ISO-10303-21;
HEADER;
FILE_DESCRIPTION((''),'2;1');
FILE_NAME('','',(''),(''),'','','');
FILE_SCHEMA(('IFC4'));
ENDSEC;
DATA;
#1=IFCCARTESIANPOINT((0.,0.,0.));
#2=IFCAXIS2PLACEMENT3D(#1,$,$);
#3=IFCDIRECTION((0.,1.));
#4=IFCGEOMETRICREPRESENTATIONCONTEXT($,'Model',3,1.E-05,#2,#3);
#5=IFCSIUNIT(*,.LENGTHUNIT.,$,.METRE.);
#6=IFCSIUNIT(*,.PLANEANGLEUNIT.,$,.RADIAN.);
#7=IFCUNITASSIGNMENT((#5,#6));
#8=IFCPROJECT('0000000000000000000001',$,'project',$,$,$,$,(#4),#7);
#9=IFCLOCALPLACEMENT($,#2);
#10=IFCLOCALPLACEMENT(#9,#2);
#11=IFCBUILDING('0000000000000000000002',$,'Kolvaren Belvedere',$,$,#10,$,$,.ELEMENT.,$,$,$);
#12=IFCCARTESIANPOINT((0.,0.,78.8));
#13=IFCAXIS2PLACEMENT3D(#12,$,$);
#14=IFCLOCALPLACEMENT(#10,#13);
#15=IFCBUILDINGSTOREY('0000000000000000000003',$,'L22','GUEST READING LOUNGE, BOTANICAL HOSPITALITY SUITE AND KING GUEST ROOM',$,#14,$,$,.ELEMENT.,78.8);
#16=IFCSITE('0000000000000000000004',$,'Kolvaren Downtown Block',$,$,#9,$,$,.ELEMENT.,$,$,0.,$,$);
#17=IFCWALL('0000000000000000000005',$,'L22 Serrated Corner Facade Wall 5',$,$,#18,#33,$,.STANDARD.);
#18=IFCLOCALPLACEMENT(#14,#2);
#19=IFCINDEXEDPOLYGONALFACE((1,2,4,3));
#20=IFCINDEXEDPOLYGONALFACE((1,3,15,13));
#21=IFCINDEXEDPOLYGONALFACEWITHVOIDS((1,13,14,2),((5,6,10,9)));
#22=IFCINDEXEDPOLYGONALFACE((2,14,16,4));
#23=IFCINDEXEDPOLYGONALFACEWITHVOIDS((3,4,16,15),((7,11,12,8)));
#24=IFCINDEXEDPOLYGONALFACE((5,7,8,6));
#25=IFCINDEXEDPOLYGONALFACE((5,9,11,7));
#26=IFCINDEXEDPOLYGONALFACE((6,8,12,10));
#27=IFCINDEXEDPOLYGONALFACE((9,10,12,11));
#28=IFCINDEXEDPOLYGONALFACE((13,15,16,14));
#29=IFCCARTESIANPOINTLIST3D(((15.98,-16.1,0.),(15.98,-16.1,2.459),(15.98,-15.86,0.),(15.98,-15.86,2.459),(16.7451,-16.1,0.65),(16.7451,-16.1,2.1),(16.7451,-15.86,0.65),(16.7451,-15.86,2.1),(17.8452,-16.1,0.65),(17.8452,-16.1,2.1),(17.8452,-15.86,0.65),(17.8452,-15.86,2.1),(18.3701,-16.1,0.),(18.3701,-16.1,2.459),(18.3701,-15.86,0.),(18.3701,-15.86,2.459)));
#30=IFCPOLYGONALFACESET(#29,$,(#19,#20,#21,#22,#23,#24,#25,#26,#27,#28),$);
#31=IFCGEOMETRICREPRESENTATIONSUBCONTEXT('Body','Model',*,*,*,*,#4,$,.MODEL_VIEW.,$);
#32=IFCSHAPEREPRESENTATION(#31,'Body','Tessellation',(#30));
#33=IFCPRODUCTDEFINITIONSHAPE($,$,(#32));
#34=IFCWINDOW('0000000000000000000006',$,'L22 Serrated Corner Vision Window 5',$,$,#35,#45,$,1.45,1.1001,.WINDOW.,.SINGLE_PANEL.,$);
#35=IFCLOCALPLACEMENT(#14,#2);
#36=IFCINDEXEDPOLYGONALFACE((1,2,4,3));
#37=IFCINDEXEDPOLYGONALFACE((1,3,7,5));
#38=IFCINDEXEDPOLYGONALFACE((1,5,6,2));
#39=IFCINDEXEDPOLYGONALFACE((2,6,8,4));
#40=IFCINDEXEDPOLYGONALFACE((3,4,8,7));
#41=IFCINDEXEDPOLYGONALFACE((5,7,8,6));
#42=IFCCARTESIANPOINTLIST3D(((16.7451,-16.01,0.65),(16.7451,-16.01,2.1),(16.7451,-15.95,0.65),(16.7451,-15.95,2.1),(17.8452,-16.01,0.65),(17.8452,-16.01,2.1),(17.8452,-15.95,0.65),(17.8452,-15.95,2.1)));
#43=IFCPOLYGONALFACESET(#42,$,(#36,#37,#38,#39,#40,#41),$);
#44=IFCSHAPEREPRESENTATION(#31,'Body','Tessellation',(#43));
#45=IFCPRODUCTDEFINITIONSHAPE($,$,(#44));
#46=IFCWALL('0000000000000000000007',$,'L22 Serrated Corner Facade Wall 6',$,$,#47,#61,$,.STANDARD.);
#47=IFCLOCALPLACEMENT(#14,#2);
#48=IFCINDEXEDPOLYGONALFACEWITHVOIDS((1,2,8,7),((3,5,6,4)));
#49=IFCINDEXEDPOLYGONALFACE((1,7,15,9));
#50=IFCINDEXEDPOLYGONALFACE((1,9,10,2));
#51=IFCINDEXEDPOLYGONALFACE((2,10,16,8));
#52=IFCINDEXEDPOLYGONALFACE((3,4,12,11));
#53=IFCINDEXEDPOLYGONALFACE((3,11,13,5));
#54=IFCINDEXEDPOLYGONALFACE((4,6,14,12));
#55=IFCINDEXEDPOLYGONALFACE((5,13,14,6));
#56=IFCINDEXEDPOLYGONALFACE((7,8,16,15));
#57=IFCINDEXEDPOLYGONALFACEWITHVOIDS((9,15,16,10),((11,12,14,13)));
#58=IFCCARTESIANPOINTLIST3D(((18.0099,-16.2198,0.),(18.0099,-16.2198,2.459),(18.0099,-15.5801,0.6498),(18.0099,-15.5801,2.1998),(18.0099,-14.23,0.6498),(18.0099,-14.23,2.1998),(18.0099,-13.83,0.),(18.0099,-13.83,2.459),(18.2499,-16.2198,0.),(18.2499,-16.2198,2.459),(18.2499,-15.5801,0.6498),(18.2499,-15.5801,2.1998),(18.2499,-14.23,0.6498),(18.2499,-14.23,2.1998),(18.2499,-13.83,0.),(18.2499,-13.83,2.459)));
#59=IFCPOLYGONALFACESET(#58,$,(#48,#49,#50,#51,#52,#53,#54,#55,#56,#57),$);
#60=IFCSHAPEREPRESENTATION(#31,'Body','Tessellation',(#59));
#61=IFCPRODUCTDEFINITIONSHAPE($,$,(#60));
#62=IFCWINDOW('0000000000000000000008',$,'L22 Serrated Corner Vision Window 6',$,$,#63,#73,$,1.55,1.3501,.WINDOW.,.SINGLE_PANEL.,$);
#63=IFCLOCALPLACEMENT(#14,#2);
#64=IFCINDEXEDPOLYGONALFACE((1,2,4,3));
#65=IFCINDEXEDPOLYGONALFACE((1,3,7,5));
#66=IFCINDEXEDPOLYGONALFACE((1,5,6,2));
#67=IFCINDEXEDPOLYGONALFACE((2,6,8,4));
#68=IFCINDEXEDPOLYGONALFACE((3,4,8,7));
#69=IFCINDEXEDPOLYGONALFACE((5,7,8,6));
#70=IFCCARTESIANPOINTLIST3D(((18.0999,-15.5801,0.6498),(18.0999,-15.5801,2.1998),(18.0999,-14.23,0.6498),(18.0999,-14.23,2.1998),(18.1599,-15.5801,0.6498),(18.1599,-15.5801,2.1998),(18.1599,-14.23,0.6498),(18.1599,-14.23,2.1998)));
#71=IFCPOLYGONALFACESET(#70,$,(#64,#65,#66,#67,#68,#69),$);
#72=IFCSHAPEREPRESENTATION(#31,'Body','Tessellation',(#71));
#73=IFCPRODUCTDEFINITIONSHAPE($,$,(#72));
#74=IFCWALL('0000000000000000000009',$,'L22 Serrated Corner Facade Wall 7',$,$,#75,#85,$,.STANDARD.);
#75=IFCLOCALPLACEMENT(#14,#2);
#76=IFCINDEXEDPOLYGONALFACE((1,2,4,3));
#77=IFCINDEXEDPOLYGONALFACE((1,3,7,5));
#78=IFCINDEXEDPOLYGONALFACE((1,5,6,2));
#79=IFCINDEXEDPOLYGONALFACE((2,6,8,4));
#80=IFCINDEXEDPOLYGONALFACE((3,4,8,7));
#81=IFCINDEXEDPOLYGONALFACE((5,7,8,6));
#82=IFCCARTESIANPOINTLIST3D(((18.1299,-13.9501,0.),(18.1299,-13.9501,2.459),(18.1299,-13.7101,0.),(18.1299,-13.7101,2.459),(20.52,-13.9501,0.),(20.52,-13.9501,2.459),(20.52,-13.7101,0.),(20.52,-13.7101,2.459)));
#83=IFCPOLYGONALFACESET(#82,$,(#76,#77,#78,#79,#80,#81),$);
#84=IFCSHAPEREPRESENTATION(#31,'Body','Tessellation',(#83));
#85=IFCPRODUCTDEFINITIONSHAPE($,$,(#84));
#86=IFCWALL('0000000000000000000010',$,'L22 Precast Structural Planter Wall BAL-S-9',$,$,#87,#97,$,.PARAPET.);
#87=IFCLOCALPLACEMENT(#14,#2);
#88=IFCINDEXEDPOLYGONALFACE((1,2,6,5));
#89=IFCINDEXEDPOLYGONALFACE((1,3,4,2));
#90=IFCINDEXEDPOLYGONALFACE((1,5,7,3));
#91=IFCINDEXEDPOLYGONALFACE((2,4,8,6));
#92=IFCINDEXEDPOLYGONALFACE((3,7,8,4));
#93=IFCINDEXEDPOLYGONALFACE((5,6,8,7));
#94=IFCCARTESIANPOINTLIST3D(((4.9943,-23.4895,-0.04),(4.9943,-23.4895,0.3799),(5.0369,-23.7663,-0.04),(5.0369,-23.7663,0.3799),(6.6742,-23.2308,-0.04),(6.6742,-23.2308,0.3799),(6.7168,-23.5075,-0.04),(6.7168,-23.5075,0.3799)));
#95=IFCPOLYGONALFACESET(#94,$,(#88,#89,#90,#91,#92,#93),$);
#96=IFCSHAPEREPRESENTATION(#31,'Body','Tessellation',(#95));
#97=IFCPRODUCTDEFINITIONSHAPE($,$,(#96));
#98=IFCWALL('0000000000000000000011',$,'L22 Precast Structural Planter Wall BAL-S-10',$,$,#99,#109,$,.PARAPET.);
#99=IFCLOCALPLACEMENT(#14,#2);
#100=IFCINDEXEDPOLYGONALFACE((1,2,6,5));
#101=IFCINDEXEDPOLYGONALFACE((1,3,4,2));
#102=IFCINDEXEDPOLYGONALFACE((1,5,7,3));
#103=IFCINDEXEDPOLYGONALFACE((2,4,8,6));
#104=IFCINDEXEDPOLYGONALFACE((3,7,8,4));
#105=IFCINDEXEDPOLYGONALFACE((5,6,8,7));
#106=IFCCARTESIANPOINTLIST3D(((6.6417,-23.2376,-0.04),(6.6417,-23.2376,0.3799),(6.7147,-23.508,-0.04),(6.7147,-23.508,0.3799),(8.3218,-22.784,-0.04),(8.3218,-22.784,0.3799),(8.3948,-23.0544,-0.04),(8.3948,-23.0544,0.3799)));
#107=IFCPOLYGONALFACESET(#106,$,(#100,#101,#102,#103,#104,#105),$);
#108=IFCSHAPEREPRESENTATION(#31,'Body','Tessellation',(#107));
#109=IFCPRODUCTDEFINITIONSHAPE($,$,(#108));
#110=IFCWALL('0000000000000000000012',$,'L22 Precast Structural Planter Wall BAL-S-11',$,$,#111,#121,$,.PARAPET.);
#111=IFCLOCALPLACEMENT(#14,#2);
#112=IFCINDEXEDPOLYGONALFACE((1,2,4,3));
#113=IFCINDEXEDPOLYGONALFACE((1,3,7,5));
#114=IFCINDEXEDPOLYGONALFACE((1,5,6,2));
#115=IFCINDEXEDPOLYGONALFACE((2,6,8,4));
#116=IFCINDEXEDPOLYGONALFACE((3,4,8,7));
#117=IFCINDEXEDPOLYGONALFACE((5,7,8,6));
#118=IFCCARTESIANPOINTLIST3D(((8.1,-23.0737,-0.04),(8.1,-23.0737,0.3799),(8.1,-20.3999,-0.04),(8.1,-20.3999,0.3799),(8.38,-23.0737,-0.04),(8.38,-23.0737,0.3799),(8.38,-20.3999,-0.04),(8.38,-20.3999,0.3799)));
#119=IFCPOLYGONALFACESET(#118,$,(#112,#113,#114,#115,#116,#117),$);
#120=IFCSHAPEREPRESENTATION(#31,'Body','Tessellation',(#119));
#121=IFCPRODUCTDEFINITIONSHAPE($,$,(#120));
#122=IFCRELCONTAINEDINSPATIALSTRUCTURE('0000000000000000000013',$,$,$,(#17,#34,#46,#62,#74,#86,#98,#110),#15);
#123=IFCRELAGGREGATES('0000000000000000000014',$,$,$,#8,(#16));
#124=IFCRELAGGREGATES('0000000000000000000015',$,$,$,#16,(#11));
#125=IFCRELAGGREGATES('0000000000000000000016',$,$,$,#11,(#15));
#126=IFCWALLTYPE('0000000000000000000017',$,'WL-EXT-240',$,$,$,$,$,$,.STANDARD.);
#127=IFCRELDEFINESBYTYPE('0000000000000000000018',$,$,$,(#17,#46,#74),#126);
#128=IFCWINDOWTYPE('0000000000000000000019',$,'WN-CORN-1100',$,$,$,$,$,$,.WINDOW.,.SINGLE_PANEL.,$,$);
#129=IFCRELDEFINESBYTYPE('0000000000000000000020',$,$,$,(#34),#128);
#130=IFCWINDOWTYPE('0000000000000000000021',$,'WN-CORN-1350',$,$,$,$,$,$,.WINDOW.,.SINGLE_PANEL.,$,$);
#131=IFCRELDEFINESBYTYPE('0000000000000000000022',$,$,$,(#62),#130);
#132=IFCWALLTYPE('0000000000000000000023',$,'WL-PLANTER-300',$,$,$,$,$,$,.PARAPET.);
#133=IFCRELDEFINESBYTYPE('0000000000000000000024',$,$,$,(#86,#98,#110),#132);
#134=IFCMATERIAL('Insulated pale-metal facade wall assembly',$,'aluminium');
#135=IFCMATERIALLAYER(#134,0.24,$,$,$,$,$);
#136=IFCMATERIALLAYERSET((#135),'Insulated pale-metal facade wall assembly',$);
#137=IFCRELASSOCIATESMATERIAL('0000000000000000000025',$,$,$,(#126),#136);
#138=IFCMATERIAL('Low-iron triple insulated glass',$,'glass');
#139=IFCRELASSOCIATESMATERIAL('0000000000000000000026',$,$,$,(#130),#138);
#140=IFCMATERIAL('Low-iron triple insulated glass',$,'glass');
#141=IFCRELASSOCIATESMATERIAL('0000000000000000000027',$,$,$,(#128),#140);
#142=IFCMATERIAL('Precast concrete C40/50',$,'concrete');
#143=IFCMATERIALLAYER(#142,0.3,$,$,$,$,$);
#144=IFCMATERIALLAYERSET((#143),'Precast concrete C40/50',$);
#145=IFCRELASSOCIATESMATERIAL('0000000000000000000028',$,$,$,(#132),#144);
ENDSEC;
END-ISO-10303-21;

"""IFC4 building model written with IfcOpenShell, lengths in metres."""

from ifc_helpers import new_model, si_unit, direction, frame, frame_2d, origin, place, context, subcontext, project, spatial, rectangle, extrude, material, layer, layer_set, type_object, element, fill, save


model = new_model("IFC4")

# Units and contexts
model_context = context("Model", 3, precision=1e-05, world=origin(), true_north=direction((0.0, 1.0)))
body_context = subcontext(model_context, "Body", "Model", "MODEL_VIEW")
ifc_project = project(units=[si_unit("LENGTHUNIT", "METRE"), si_unit("PLANEANGLEUNIT", "RADIAN")], contexts=[model_context])

# Site, building, storey
site_placement = place(None, origin())
site = spatial("IfcSite", under=ifc_project, at=site_placement, Name="Kolvaren Downtown Block", CompositionType="ELEMENT", RefElevation=0.0)
building_placement = place(site_placement, origin())
building = spatial("IfcBuilding", under=site, at=building_placement, Name="Kolvaren Belvedere", CompositionType="ELEMENT")
storey_placement = place(building_placement, frame((0.0, 0.0, 78.8)))
storey = spatial("IfcBuildingStorey", under=building, at=storey_placement, Name="L22", Description="GUEST READING LOUNGE, BOTANICAL HOSPITALITY SUITE AND KING GUEST ROOM", CompositionType="ELEMENT", Elevation=78.8)

# Shared definitions
ifc_material_1 = material(Name="Insulated pale-metal facade wall assembly", Category="aluminium")
ifc_layer_1 = layer(ifc_material_1, 0.24)
ifc_layer_set_1 = layer_set([ifc_layer_1], Name="Insulated pale-metal facade wall assembly")
wall_type_1 = type_object("IfcWallType", Name="WL-EXT-240", PredefinedType="STANDARD", material=ifc_layer_set_1)

# Walls, openings, windows
ifc_material_2 = material(Name="Low-iron triple insulated glass", Category="glass")
window_type_1 = type_object("IfcWindowType", Name="WN-CORN-1350", PartitioningType="SINGLE_PANEL", PredefinedType="WINDOW", material=ifc_material_2)
ifc_material_3 = material(Name="Low-iron triple insulated glass", Category="glass")
window_type_2 = type_object("IfcWindowType", Name="WN-CORN-1100", PartitioningType="SINGLE_PANEL", PredefinedType="WINDOW", material=ifc_material_3)
wall_1_placement = place(storey_placement, frame((18.3701, -15.98, 0.0), z_axis=(0.0, 0.0, 1.0), x_axis=(-1.0, 0.0, 0.0)))
wall_1 = element("IfcWall", 1, at=wall_1_placement, inside=storey, type_object=wall_type_1, Name="L22 Serrated Corner Facade Wall 5", PredefinedType="STANDARD", context=body_context, shape_type="SweptSolid", body=[
    extrude(rectangle(XDim=2.3901, YDim=0.24, at=frame_2d((1.1951, 0.0))), origin(), (0.0, 0.0, 1.0), 2.459),
])
opening_1_placement = place(wall_1_placement, frame((0.5249, 0.0, 0.6499)))
opening_1 = element("IfcOpeningElement", 2, at=opening_1_placement, cuts=wall_1, PredefinedType="OPENING", context=body_context, shape_type="SweptSolid", body=[
    extrude(rectangle(XDim=1.1001, YDim=1.45, at=frame_2d((0.55, 0.7251))), frame((0.0, 0.1299, 0.0), z_axis=(0.0, -1.0, 0.0), x_axis=(1.0, 0.0, 0.0)), (0.0, 0.0, 1.0), 0.26),
])
window_1_placement = place(opening_1_placement, origin())
window_1 = element("IfcWindow", 3, at=window_1_placement, inside=storey, type_object=window_type_2, Name="L22 Serrated Corner Vision Window 5", OverallHeight=1.45, OverallWidth=1.1001, PartitioningType="SINGLE_PANEL", PredefinedType="WINDOW", context=body_context, shape_type="SweptSolid", body=[
    extrude(rectangle(XDim=1.1001, YDim=1.45, at=frame_2d((0.55, 0.7251))), frame((0.0, 0.03, 0.0), z_axis=(0.0, -1.0, 0.0), x_axis=(1.0, 0.0, 0.0)), (0.0, 0.0, 1.0), 0.0601),
])
fill(opening_1, window_1)
wall_2_placement = place(storey_placement, frame((18.1299, -13.8301, 0.0), z_axis=(0.0, 0.0, 1.0), x_axis=(0.0, -1.0, 0.0)))
wall_2 = element("IfcWall", 4, at=wall_2_placement, inside=storey, type_object=wall_type_1, Name="L22 Serrated Corner Facade Wall 6", PredefinedType="STANDARD", context=body_context, shape_type="SweptSolid", body=[
    extrude(rectangle(XDim=2.3899, YDim=0.24, at=frame_2d((1.1948, 0.0))), origin(), (0.0, 0.0, 1.0), 2.459),
])
opening_2_placement = place(wall_2_placement, frame((0.3999, 0.0, 0.6499)))
opening_2 = element("IfcOpeningElement", 5, at=opening_2_placement, cuts=wall_2, PredefinedType="OPENING", context=body_context, shape_type="SweptSolid", body=[
    extrude(rectangle(XDim=1.3501, YDim=1.55, at=frame_2d((0.675, 0.7749))), frame((0.0, 0.1299, 0.0), z_axis=(0.0, -1.0, 0.0), x_axis=(1.0, 0.0, 0.0)), (0.0, 0.0, 1.0), 0.26),
])
window_2_placement = place(opening_2_placement, origin())
window_2 = element("IfcWindow", 6, at=window_2_placement, inside=storey, type_object=window_type_1, Name="L22 Serrated Corner Vision Window 6", OverallHeight=1.55, OverallWidth=1.3501, PartitioningType="SINGLE_PANEL", PredefinedType="WINDOW", context=body_context, shape_type="SweptSolid", body=[
    extrude(rectangle(XDim=1.3501, YDim=1.55, at=frame_2d((0.675, 0.7749))), frame((0.0, 0.03, 0.0), z_axis=(0.0, -1.0, 0.0), x_axis=(1.0, 0.0, 0.0)), (0.0, 0.0, 1.0), 0.0601),
])
fill(opening_2, window_2)

# Walls
wall_3_placement = place(storey_placement, frame((20.52, -13.8301, 0.0), z_axis=(0.0, 0.0, 1.0), x_axis=(-1.0, 0.0, 0.0)))
element("IfcWall", 7, at=wall_3_placement, inside=storey, type_object=wall_type_1, Name="L22 Serrated Corner Facade Wall 7", PredefinedType="STANDARD", context=body_context, shape_type="SweptSolid", body=[
    extrude(rectangle(XDim=2.3901, YDim=0.24, at=frame_2d((1.1951, 0.0))), origin(), (0.0, 0.0, 1.0), 2.459),
])
ifc_material_4 = material(Name="Precast concrete C40/50", Category="concrete")
ifc_layer_2 = layer(ifc_material_4, 0.3)
ifc_layer_set_2 = layer_set([ifc_layer_2], Name="Precast concrete C40/50")
wall_type_2 = type_object("IfcWallType", Name="WL-PLANTER-300", PredefinedType="PARAPET", material=ifc_layer_set_2)
wall_4_placement = place(storey_placement, frame((5.0156, -23.6279, -0.04), z_axis=(0.0, 0.0, 1.0), x_axis=(0.988342, 0.152251, 0.0)))
element("IfcWall", 8, at=wall_4_placement, inside=storey, type_object=wall_type_2, Name="L22 Precast Structural Planter Wall BAL-S-9", PredefinedType="PARAPET", context=body_context, shape_type="SweptSolid", body=[
    extrude(rectangle(XDim=1.6997, YDim=0.28, at=frame_2d((0.8499, 0.0))), origin(), (0.0, 0.0, 1.0), 0.4199),
])
wall_5_placement = place(storey_placement, frame((6.6782, -23.3728, -0.04), z_axis=(0.0, 0.0, 1.0), x_axis=(0.965434, 0.260648, 0.0)))
element("IfcWall", 9, at=wall_5_placement, inside=storey, type_object=wall_type_2, Name="L22 Precast Structural Planter Wall BAL-S-10", PredefinedType="PARAPET", context=body_context, shape_type="SweptSolid", body=[
    extrude(rectangle(XDim=1.7402, YDim=0.28, at=frame_2d((0.8701, 0.0))), origin(), (0.0, 0.0, 1.0), 0.4199),
])
wall_6_placement = place(storey_placement, frame((8.24, -23.0737, -0.04), z_axis=(0.0, 0.0, 1.0), x_axis=(0.0, 1.0, 0.0)))
element("IfcWall", 10, at=wall_6_placement, inside=storey, type_object=wall_type_2, Name="L22 Precast Structural Planter Wall BAL-S-11", PredefinedType="PARAPET", context=body_context, shape_type="SweptSolid", body=[
    extrude(rectangle(XDim=2.6738, YDim=0.28, at=frame_2d((1.3369, 0.0))), origin(), (0.0, 0.0, 1.0), 0.4199),
])

save(model, "model.ifc")
